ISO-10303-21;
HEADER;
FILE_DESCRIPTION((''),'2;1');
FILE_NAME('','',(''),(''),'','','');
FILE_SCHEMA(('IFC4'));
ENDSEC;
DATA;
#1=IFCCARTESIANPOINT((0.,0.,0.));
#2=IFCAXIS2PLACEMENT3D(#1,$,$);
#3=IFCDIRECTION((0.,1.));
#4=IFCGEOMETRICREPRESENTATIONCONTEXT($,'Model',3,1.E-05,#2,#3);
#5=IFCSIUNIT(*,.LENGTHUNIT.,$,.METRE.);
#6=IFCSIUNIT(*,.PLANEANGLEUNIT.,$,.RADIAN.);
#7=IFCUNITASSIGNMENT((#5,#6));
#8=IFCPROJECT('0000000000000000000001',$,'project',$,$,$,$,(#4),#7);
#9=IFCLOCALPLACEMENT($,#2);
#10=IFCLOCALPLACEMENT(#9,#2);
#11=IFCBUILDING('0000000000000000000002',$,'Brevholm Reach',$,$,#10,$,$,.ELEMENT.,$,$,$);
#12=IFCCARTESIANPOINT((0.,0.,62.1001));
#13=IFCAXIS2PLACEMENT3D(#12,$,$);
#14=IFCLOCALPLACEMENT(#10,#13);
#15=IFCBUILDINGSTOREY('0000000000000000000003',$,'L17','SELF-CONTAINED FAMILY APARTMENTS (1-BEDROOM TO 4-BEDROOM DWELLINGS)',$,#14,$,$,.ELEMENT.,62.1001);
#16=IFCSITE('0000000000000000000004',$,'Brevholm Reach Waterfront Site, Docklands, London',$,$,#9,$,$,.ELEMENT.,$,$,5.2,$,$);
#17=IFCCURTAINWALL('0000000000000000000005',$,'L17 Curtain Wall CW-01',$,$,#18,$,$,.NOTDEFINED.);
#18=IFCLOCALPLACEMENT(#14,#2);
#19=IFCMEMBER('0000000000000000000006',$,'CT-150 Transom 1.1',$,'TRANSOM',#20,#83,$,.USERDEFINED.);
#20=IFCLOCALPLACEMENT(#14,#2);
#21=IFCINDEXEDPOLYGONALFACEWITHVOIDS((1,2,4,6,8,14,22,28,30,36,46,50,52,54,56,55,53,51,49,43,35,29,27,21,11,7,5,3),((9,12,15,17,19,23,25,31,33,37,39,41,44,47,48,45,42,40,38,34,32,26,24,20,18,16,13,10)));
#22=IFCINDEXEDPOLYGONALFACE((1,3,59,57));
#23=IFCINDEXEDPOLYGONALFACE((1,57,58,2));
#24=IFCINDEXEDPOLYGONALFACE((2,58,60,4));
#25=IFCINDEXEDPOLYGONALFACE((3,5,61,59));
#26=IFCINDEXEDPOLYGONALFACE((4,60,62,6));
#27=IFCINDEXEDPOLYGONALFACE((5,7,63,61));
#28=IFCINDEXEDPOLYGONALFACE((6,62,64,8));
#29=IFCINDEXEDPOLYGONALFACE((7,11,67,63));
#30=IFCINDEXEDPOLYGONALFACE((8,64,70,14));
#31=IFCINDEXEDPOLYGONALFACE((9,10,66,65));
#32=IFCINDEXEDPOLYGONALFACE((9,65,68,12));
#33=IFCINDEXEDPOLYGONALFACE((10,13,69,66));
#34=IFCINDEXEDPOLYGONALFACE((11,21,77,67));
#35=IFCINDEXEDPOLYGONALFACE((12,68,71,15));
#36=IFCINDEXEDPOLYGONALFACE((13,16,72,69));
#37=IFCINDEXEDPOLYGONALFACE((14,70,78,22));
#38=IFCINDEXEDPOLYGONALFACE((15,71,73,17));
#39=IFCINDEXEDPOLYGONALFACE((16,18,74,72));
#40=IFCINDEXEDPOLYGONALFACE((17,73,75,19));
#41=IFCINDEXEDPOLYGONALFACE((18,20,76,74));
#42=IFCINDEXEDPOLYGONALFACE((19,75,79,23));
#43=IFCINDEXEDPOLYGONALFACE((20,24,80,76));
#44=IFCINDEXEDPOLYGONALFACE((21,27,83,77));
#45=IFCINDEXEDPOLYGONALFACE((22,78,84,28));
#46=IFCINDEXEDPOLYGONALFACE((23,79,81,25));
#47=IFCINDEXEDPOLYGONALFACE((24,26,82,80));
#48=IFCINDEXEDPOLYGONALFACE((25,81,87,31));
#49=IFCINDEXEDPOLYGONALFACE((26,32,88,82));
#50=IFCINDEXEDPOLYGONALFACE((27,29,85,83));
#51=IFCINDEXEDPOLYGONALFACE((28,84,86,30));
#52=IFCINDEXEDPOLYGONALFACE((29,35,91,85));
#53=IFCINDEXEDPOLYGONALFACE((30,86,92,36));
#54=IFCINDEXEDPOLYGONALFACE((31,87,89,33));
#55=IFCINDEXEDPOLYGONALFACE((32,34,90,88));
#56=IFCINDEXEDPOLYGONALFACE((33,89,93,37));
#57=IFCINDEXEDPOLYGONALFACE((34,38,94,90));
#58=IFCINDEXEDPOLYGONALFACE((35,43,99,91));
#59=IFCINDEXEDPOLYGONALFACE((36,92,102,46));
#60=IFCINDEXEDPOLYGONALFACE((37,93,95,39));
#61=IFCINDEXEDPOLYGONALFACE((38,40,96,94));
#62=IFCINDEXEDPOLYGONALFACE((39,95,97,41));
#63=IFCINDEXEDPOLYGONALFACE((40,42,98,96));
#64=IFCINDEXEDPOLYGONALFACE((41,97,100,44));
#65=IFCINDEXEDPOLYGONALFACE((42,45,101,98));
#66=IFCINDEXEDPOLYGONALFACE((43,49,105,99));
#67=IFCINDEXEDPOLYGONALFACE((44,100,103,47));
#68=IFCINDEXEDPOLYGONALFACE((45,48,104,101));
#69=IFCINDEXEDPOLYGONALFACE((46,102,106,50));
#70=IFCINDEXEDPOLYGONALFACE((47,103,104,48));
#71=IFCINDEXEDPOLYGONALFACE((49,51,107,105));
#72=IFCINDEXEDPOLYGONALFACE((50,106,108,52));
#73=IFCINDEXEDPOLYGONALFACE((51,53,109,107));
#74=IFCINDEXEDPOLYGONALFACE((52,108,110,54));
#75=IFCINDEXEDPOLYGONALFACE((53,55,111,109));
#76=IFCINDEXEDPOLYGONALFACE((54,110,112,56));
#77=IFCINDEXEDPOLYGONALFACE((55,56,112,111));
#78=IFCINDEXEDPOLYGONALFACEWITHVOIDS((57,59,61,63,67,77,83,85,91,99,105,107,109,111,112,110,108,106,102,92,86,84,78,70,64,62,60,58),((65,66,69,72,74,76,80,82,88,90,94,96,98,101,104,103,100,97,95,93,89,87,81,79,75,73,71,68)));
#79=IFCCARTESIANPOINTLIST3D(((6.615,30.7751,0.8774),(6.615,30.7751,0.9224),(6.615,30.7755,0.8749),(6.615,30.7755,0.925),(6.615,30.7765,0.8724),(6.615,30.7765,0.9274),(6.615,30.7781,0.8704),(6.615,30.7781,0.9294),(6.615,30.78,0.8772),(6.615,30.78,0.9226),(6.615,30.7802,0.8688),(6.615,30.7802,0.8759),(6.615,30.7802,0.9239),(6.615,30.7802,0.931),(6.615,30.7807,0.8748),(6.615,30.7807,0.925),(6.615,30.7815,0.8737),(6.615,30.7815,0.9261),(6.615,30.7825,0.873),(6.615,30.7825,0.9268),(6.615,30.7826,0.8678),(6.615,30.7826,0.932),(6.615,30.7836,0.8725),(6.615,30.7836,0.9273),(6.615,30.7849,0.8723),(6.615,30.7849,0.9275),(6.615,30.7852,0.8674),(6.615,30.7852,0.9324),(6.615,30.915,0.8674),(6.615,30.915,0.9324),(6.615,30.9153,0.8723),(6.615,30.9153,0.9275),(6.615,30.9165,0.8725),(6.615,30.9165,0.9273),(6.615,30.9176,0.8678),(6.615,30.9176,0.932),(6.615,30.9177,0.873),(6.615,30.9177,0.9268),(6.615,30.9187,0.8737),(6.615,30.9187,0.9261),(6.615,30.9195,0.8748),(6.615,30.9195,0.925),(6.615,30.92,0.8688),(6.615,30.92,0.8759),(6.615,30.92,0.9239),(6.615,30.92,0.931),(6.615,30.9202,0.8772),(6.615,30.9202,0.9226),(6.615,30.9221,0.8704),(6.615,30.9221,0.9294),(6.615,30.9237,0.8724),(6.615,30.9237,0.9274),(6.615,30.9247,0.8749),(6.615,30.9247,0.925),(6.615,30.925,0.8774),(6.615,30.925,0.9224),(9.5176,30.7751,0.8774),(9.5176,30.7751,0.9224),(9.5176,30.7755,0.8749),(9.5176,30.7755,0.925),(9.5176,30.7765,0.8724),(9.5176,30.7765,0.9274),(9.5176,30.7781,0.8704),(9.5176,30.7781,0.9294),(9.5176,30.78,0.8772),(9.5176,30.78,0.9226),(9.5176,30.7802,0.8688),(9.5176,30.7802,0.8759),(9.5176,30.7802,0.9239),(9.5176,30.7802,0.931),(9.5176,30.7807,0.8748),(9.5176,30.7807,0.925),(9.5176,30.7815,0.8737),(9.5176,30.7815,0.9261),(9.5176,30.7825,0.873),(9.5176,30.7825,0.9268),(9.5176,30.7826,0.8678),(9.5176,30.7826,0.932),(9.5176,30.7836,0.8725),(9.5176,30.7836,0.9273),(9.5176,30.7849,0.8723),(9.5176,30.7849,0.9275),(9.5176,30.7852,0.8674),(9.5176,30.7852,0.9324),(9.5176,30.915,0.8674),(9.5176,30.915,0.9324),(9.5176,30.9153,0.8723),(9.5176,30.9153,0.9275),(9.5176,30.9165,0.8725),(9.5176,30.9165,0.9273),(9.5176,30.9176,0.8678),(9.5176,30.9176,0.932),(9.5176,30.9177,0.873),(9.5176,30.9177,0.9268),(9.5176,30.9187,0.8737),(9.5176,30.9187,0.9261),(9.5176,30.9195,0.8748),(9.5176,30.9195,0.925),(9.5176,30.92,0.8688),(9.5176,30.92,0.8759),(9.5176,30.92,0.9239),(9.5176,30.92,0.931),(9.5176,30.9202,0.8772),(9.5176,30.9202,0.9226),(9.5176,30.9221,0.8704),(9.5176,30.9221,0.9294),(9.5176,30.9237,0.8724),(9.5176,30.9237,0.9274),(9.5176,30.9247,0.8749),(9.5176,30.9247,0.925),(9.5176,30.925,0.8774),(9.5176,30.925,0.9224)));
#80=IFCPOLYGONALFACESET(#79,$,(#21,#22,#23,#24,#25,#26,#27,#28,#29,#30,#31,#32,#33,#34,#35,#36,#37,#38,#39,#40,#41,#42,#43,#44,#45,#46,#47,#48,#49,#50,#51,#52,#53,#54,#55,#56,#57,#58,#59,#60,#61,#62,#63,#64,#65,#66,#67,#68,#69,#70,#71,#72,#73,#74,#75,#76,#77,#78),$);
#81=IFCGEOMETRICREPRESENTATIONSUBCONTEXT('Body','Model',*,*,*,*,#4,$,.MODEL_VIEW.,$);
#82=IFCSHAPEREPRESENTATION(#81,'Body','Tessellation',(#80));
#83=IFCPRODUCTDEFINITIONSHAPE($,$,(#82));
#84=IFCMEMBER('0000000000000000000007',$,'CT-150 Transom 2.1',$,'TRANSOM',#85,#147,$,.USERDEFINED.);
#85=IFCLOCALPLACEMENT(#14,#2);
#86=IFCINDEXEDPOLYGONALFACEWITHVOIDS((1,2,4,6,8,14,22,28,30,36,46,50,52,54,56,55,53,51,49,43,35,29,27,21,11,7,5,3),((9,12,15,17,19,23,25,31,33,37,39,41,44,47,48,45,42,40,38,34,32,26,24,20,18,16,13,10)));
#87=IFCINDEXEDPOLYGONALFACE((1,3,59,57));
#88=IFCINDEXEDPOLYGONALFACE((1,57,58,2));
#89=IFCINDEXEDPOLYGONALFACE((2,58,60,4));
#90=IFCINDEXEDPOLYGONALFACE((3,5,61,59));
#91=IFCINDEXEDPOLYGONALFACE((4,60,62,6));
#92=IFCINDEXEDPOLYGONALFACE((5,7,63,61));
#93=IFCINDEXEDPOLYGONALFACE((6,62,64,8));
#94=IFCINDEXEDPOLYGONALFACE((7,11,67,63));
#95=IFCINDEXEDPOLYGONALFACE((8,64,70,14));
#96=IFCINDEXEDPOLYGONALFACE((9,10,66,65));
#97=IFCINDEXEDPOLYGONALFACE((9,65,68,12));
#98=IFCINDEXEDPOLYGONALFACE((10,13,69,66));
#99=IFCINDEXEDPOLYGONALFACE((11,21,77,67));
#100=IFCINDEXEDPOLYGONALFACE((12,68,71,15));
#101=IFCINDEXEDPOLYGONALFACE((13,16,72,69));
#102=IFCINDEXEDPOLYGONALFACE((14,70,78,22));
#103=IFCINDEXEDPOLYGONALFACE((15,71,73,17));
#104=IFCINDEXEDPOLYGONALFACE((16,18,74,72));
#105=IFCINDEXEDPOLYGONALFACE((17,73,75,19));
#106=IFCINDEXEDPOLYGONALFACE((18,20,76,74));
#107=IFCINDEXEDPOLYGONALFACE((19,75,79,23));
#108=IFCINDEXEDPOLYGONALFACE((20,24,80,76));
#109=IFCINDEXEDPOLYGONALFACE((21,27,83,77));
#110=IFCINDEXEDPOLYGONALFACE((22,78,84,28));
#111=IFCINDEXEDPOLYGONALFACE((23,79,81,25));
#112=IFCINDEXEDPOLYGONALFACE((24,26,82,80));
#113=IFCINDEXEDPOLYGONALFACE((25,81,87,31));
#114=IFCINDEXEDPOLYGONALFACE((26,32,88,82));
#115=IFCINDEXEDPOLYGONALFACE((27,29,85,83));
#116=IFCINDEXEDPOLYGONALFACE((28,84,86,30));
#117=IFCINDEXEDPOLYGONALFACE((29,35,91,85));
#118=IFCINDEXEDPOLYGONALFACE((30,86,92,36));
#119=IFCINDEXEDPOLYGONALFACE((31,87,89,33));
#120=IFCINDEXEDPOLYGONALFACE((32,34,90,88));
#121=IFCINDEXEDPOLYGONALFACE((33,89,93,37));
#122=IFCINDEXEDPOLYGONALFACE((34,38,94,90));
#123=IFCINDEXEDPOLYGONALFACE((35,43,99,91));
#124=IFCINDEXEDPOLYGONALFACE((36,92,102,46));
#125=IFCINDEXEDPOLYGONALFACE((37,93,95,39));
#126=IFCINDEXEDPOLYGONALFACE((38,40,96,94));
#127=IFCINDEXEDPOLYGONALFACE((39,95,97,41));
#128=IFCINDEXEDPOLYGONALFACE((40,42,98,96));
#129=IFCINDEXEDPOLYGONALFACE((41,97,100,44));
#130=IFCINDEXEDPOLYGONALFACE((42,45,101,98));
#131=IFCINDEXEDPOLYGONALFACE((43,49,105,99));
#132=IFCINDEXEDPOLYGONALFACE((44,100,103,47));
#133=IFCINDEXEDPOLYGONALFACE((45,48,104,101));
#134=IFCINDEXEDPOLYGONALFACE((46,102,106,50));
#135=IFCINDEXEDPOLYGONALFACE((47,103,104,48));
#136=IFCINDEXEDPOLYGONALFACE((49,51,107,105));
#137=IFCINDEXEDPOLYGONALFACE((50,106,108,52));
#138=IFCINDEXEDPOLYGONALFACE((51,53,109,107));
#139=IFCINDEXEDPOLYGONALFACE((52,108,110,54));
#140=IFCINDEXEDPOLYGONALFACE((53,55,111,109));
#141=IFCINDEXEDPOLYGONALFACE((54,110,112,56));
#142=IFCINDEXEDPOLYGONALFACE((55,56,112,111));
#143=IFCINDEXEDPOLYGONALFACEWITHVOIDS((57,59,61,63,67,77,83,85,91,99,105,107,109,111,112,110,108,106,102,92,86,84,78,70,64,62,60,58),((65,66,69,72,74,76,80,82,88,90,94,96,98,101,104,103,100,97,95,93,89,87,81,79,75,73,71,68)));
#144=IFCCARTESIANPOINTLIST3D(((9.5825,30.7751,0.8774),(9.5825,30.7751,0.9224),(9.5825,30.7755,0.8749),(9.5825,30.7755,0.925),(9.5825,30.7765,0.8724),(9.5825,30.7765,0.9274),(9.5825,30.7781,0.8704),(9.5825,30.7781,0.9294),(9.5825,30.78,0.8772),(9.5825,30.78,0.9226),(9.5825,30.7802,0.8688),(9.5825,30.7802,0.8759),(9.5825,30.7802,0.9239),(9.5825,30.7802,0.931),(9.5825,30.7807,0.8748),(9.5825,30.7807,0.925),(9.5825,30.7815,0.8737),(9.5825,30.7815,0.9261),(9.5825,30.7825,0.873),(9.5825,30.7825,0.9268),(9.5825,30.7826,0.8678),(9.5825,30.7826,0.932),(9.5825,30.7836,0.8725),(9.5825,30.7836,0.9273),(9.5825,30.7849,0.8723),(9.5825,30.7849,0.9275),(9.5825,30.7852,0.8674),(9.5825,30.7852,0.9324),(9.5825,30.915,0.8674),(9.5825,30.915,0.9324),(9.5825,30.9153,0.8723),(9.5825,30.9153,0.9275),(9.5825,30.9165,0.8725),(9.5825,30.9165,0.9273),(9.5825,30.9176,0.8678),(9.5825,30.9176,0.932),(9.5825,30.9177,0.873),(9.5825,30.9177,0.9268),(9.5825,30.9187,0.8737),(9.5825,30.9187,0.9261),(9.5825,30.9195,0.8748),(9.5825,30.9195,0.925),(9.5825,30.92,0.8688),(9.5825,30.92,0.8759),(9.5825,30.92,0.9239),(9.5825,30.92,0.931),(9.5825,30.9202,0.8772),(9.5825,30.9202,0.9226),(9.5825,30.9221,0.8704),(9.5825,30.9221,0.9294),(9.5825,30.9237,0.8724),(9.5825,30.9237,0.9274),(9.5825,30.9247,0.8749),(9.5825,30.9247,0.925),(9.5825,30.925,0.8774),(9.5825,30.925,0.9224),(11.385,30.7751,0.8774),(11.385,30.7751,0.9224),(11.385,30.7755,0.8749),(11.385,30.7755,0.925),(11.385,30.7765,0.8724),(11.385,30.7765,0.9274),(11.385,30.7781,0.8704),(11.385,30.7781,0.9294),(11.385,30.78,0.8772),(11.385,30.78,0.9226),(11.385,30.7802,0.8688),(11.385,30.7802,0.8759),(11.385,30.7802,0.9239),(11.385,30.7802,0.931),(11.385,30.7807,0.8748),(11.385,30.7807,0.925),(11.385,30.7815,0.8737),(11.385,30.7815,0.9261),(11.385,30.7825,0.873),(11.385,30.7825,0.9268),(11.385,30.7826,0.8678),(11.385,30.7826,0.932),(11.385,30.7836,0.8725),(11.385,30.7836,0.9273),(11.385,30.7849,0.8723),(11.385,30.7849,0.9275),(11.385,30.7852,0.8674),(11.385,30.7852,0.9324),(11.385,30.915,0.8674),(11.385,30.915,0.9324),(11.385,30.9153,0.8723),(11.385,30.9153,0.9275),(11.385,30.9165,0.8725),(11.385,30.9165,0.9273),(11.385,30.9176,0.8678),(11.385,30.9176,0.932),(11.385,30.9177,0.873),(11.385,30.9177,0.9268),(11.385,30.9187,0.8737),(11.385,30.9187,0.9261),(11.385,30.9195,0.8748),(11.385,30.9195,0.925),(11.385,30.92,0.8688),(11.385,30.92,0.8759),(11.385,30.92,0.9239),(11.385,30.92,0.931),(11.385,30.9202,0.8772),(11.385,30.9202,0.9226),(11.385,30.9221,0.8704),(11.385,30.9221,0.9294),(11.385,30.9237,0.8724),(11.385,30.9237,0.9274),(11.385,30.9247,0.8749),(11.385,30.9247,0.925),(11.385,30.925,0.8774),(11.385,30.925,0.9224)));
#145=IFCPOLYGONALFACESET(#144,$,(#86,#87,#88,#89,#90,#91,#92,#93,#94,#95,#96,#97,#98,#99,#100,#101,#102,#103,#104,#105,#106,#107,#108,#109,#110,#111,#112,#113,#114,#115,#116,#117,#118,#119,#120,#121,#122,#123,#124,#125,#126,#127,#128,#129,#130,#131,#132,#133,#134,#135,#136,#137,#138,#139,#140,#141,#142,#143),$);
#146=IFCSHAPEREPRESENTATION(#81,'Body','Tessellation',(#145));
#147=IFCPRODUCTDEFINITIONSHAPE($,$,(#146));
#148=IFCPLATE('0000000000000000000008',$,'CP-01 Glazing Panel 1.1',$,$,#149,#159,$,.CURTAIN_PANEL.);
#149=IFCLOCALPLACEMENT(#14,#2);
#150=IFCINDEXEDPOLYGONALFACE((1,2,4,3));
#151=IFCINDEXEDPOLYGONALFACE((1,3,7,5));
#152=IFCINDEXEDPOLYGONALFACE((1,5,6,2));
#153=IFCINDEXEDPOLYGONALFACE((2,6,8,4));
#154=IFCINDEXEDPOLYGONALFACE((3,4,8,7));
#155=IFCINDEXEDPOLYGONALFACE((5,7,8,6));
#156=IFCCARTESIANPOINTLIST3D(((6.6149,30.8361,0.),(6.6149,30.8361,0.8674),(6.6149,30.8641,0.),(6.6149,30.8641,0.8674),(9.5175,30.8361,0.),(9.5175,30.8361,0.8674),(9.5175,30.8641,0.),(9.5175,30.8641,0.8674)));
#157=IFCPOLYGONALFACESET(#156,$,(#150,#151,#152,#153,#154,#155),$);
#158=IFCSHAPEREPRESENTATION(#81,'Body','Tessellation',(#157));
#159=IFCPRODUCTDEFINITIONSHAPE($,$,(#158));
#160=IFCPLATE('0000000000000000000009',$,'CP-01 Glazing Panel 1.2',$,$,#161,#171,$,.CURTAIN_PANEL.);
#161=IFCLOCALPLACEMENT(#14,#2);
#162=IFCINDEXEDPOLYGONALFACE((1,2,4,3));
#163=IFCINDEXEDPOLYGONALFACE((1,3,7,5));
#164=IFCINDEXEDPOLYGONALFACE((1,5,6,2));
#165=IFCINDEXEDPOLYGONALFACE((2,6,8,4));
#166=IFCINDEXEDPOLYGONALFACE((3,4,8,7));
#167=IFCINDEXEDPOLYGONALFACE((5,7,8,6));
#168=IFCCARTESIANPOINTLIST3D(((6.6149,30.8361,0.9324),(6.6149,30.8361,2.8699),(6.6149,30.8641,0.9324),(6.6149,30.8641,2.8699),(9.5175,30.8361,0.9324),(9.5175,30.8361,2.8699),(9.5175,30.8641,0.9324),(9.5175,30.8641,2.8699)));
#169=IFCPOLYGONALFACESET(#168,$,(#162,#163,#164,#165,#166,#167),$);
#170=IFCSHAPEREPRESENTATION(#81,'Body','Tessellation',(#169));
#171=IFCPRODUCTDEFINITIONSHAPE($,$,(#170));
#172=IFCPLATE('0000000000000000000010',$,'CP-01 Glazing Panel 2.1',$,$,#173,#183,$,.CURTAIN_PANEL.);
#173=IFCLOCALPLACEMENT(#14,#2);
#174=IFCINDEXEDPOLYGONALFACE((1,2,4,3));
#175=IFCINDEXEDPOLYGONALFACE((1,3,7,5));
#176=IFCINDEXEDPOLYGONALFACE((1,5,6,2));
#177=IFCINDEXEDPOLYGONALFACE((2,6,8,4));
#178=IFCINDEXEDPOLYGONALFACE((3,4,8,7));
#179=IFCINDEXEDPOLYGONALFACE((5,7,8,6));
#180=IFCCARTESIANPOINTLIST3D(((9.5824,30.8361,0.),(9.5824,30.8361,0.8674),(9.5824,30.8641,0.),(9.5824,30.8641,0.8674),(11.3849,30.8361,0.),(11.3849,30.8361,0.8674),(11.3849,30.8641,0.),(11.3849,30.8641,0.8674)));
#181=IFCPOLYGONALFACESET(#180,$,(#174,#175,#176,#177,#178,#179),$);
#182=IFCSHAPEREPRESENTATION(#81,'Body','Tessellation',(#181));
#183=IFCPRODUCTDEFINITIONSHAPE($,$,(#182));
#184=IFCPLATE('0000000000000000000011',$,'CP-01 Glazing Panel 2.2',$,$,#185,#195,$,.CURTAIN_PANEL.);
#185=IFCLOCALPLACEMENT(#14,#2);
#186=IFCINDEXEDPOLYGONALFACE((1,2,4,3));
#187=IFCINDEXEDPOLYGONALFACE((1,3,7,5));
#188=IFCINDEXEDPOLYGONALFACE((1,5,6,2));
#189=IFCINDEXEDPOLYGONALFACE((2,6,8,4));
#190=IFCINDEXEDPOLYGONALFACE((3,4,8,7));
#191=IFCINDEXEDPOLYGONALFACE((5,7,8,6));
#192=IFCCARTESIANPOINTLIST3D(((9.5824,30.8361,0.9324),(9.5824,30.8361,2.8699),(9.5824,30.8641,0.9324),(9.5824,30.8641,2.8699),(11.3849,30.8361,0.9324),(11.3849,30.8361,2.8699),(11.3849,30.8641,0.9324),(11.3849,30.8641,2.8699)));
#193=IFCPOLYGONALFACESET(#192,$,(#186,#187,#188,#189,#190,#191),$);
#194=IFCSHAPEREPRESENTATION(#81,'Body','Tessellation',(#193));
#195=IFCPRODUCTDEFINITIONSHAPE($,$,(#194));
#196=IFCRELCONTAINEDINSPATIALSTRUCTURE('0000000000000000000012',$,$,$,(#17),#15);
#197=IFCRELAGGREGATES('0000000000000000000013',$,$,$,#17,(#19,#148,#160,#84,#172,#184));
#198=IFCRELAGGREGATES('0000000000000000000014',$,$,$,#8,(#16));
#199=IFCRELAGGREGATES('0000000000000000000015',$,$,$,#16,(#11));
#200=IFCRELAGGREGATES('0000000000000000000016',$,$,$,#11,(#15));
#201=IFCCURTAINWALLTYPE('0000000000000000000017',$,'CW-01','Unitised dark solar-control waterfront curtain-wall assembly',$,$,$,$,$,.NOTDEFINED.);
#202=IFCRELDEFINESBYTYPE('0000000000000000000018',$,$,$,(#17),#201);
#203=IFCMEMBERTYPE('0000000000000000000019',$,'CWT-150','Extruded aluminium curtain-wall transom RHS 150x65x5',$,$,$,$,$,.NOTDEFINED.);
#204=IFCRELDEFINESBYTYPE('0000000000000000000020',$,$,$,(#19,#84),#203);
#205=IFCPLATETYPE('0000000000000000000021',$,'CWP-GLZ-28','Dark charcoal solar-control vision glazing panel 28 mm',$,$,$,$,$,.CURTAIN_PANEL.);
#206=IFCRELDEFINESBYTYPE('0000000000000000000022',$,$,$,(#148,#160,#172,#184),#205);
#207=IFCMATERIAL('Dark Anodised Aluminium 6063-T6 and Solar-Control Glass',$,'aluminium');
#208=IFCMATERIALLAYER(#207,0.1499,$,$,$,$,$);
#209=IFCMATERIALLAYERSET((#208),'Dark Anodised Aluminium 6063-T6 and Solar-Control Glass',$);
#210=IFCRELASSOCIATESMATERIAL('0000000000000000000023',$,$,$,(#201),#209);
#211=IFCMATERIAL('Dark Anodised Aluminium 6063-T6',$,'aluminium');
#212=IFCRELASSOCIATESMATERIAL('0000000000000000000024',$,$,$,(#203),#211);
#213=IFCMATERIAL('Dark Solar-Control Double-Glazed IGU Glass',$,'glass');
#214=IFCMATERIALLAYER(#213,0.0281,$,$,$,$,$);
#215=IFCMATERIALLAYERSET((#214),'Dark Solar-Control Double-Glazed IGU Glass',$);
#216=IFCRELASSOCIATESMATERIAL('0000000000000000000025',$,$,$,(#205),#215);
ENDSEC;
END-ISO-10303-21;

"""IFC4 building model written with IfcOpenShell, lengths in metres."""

from ifc_helpers import new_model, si_unit, direction, frame, origin, origin_2d, place, context, subcontext, project, spatial, rectangle, hollow_rectangle, extrude, material, layer, layer_set, material_profile, profile_set, type_object, element, aggregate, save


model = new_model("IFC4")

# Units and contexts
model_context = context("Model", 3, precision=1e-05, world=origin(), true_north=direction((0.0, 1.0)))
body_context = subcontext(model_context, "Body", "Model", "MODEL_VIEW")
ifc_project = project(units=[si_unit("LENGTHUNIT", "METRE"), si_unit("PLANEANGLEUNIT", "RADIAN")], contexts=[model_context])

# Site, building, storey
site_placement = place(None, origin())
site = spatial("IfcSite", under=ifc_project, at=site_placement, Name="Brevholm Reach Waterfront Site, Docklands, London", CompositionType="ELEMENT", RefElevation=5.2)
building_placement = place(site_placement, origin())
building = spatial("IfcBuilding", under=site, at=building_placement, Name="Brevholm Reach", CompositionType="ELEMENT")
storey_placement = place(building_placement, frame((0.0, 0.0, 62.1001)))
storey = spatial("IfcBuildingStorey", under=building, at=storey_placement, Name="L17", Description="SELF-CONTAINED FAMILY APARTMENTS (1-BEDROOM TO 4-BEDROOM DWELLINGS)", CompositionType="ELEMENT", Elevation=62.1001)

# Curtain wall, members, plates
ifc_material_1 = material(Name="Dark Anodised Aluminium 6063-T6 and Solar-Control Glass", Category="aluminium")
ifc_layer_1 = layer(ifc_material_1, 0.1499)
ifc_layer_set_1 = layer_set([ifc_layer_1], Name="Dark Anodised Aluminium 6063-T6 and Solar-Control Glass")
curtain_wall_type = type_object("IfcCurtainWallType", Name="CW-01", Description="Unitised dark solar-control waterfront curtain-wall assembly", PredefinedType="NOTDEFINED", material=ifc_layer_set_1)
curtain_wall_placement = place(storey_placement, origin())
curtain_wall = element("IfcCurtainWall", 1, at=curtain_wall_placement, inside=storey, type_object=curtain_wall_type, Name="L17 Curtain Wall CW-01", PredefinedType="NOTDEFINED")
ifc_material_2 = material(Name="Dark Anodised Aluminium 6063-T6", Category="aluminium")
ifc_material_profile_1 = material_profile(ifc_material_2, hollow_rectangle(XDim=0.0649, YDim=0.1499, WallThickness=0.0049, InnerFilletRadius=0.0049, OuterFilletRadius=0.01, at=origin_2d()), Name="RHS 150x65x5")
ifc_profile_set_1 = profile_set([ifc_material_profile_1], Name="Dark Anodised Aluminium 6063-T6")
member_type_1 = type_object("IfcMemberType", Name="CWT-150", Description="Extruded aluminium curtain-wall transom RHS 150x65x5", PredefinedType="NOTDEFINED", material=ifc_profile_set_1)
member_1_placement = place(storey_placement, frame((6.615, 30.8501, 0.8999), z_axis=(1.0, 0.0, 0.0), x_axis=(0.0, 0.0, 1.0)))
member_1 = element("IfcMember", 2, at=member_1_placement, type_object=member_type_1, Name="CT-150 Transom 1.1", ObjectType="TRANSOM", PredefinedType="USERDEFINED", context=body_context, shape_type="SweptSolid", body=[
    extrude(hollow_rectangle(XDim=0.0649, YDim=0.1499, WallThickness=0.0049, InnerFilletRadius=0.0049, OuterFilletRadius=0.01, at=origin_2d()), origin(), (0.0, 0.0, 1.0), 2.9026),
])
member_2_placement = place(storey_placement, frame((9.5825, 30.8501, 0.8999), z_axis=(1.0, 0.0, 0.0), x_axis=(0.0, 0.0, 1.0)))
member_2 = element("IfcMember", 3, at=member_2_placement, type_object=member_type_1, Name="CT-150 Transom 2.1", ObjectType="TRANSOM", PredefinedType="USERDEFINED", context=body_context, shape_type="SweptSolid", body=[
    extrude(hollow_rectangle(XDim=0.0649, YDim=0.1499, WallThickness=0.0049, InnerFilletRadius=0.0049, OuterFilletRadius=0.01, at=origin_2d()), origin(), (0.0, 0.0, 1.0), 1.8025),
])
ifc_material_3 = material(Name="Dark Solar-Control Double-Glazed IGU Glass", Category="glass")
ifc_layer_2 = layer(ifc_material_3, 0.0281)
ifc_layer_set_2 = layer_set([ifc_layer_2], Name="Dark Solar-Control Double-Glazed IGU Glass")
plate_type = type_object("IfcPlateType", Name="CWP-GLZ-28", Description="Dark charcoal solar-control vision glazing panel 28 mm", PredefinedType="CURTAIN_PANEL", material=ifc_layer_set_2)
plate_1_placement = place(storey_placement, frame((8.0662, 30.8501, 0.0), z_axis=(0.0, 0.0, 1.0), x_axis=(1.0, 0.0, 0.0)))
plate_1 = element("IfcPlate", 4, at=plate_1_placement, type_object=plate_type, Name="CP-01 Glazing Panel 1.1", PredefinedType="CURTAIN_PANEL", context=body_context, shape_type="SweptSolid", body=[
    extrude(rectangle(XDim=2.9026, YDim=0.0281, at=origin_2d()), origin(), (0.0, 0.0, 1.0), 0.8674),
])
plate_2_placement = place(storey_placement, frame((8.0662, 30.8501, 0.9324), z_axis=(0.0, 0.0, 1.0), x_axis=(1.0, 0.0, 0.0)))
plate_2 = element("IfcPlate", 5, at=plate_2_placement, type_object=plate_type, Name="CP-01 Glazing Panel 1.2", PredefinedType="CURTAIN_PANEL", context=body_context, shape_type="SweptSolid", body=[
    extrude(rectangle(XDim=2.9026, YDim=0.0281, at=origin_2d()), origin(), (0.0, 0.0, 1.0), 1.9375),
])
plate_3_placement = place(storey_placement, frame((10.4836, 30.8501, 0.0), z_axis=(0.0, 0.0, 1.0), x_axis=(1.0, 0.0, 0.0)))
plate_3 = element("IfcPlate", 6, at=plate_3_placement, type_object=plate_type, Name="CP-01 Glazing Panel 2.1", PredefinedType="CURTAIN_PANEL", context=body_context, shape_type="SweptSolid", body=[
    extrude(rectangle(XDim=1.8025, YDim=0.0281, at=origin_2d()), origin(), (0.0, 0.0, 1.0), 0.8674),
])
plate_4_placement = place(storey_placement, frame((10.4836, 30.8501, 0.9324), z_axis=(0.0, 0.0, 1.0), x_axis=(1.0, 0.0, 0.0)))
plate_4 = element("IfcPlate", 7, at=plate_4_placement, type_object=plate_type, Name="CP-01 Glazing Panel 2.2", PredefinedType="CURTAIN_PANEL", context=body_context, shape_type="SweptSolid", body=[
    extrude(rectangle(XDim=1.8025, YDim=0.0281, at=origin_2d()), origin(), (0.0, 0.0, 1.0), 1.9375),
])
aggregate(curtain_wall, [member_1, plate_1, plate_2, member_2, plate_3, plate_4])

save(model, "model.ifc")
